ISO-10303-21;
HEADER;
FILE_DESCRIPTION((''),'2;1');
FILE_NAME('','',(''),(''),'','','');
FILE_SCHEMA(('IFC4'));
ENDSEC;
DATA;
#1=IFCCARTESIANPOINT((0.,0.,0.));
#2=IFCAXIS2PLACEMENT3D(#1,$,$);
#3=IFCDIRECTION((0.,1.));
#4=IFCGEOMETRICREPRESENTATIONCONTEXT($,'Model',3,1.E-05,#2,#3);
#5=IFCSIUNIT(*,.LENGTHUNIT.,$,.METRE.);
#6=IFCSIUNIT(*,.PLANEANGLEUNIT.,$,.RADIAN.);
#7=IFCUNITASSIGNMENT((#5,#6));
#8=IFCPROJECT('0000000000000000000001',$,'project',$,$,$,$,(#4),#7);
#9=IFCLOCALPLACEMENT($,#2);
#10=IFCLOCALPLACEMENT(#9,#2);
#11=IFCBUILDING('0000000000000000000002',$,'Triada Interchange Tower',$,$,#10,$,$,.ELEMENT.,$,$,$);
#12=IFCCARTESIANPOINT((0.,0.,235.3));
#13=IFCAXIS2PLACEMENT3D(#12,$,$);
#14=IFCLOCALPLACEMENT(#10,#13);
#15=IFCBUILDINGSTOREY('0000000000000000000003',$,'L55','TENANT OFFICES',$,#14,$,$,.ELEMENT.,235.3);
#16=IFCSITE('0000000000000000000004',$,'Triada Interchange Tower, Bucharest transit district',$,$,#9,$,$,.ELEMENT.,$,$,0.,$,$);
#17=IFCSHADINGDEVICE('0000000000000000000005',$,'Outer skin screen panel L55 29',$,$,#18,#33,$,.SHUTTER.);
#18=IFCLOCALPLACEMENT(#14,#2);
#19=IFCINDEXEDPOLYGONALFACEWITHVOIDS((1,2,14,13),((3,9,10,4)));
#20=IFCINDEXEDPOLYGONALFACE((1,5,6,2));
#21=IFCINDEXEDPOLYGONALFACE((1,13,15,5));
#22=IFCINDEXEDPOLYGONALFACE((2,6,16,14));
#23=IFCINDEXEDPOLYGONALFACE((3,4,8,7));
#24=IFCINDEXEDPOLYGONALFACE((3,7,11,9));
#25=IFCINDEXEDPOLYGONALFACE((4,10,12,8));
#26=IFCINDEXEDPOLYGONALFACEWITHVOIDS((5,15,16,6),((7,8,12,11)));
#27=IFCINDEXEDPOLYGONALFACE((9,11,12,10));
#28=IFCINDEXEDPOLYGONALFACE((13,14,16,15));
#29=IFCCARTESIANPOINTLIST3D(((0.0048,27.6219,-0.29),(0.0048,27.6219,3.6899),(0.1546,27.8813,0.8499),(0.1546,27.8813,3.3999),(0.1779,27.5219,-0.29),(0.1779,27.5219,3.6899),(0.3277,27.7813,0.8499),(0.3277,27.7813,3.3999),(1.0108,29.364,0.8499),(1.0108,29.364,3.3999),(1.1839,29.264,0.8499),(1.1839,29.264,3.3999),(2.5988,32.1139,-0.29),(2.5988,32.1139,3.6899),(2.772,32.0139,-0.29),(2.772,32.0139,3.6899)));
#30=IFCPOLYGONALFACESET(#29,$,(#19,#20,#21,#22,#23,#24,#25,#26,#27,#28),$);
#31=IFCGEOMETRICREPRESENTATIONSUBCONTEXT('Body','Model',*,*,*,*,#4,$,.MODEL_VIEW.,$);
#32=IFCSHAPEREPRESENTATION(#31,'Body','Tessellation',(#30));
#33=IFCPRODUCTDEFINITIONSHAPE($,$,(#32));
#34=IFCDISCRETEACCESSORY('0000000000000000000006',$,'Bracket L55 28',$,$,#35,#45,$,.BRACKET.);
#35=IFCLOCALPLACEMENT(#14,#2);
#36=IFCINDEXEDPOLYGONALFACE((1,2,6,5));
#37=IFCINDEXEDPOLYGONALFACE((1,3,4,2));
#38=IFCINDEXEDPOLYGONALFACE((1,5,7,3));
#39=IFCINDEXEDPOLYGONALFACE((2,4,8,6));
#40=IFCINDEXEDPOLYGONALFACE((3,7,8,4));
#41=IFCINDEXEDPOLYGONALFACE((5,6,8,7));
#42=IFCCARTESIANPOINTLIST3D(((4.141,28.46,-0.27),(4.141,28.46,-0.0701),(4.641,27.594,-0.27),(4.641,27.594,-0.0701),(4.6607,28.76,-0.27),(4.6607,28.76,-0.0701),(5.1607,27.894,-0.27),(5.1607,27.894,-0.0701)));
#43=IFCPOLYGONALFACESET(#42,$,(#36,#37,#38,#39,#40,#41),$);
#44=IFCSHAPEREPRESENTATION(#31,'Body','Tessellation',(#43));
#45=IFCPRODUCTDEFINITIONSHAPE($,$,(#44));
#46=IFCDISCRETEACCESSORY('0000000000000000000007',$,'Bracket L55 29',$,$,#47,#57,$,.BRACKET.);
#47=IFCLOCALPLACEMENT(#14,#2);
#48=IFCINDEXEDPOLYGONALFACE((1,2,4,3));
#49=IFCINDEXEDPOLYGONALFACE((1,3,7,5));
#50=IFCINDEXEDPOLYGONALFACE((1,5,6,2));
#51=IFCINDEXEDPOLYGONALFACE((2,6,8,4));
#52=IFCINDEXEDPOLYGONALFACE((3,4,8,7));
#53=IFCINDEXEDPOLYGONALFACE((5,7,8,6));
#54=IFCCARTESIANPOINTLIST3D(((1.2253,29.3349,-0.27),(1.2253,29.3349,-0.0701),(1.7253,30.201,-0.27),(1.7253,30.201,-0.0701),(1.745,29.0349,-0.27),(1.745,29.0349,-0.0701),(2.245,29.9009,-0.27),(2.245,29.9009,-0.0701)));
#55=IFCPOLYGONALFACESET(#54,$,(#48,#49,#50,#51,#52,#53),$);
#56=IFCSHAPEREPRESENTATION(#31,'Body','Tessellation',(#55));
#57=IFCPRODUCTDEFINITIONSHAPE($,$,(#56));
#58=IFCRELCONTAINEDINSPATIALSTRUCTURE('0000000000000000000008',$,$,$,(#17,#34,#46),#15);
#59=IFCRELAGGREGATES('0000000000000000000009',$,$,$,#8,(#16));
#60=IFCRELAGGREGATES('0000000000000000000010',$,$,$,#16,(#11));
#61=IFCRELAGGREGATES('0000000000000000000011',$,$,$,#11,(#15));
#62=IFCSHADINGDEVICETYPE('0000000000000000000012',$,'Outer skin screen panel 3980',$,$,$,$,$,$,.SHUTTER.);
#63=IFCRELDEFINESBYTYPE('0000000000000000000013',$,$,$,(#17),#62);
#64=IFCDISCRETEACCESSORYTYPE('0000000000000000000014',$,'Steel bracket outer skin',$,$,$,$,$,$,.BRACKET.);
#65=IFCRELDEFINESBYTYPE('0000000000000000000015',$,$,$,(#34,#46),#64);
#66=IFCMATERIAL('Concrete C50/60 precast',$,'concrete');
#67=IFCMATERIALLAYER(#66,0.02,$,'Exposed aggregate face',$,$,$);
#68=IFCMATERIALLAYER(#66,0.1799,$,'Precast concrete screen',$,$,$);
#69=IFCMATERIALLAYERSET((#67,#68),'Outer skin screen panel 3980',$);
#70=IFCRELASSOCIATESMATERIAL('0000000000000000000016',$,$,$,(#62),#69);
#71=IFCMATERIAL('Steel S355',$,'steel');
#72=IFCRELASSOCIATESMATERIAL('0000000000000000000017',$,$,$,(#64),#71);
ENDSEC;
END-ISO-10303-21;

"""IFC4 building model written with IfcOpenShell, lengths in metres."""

from ifc_helpers import new_model, si_unit, direction, frame, origin, origin_2d, place, context, subcontext, project, spatial, polyline, rectangle, outline, extrude, material, layer, layer_set, type_object, element, save


model = new_model("IFC4")

# Units and contexts
model_context = context("Model", 3, precision=1e-05, world=origin(), true_north=direction((0.0, 1.0)))
body_context = subcontext(model_context, "Body", "Model", "MODEL_VIEW")
ifc_project = project(units=[si_unit("LENGTHUNIT", "METRE"), si_unit("PLANEANGLEUNIT", "RADIAN")], contexts=[model_context])

# Site, building, storey
site_placement = place(None, origin())
site = spatial("IfcSite", under=ifc_project, at=site_placement, Name="Triada Interchange Tower, Bucharest transit district", CompositionType="ELEMENT", RefElevation=0.0)
building_placement = place(site_placement, origin())
building = spatial("IfcBuilding", under=site, at=building_placement, Name="Triada Interchange Tower", CompositionType="ELEMENT")
storey_placement = place(building_placement, frame((0.0, 0.0, 235.3)))
storey = spatial("IfcBuildingStorey", under=building, at=storey_placement, Name="L55", Description="TENANT OFFICES", CompositionType="ELEMENT", Elevation=235.3)

# Shading device
ifc_material_1 = material(Name="Concrete C50/60 precast", Category="concrete")
ifc_layer_1 = layer(ifc_material_1, 0.02, Name="Exposed aggregate face")
ifc_layer_2 = layer(ifc_material_1, 0.1799, Name="Precast concrete screen")
ifc_layer_set_1 = layer_set([ifc_layer_1, ifc_layer_2], Name="Outer skin screen panel 3980")
shading_device_type = type_object("IfcShadingDeviceType", Name="Outer skin screen panel 3980", PredefinedType="SHUTTER", material=ifc_layer_set_1)
shading_device_1_placement = place(storey_placement, frame((2.772, 32.0139, -0.29), z_axis=(0.0, 0.0, 1.0), x_axis=(-0.500082, -0.865978, 0.0)))
element("IfcShadingDevice", 1, at=shading_device_1_placement, inside=storey, type_object=shading_device_type, Name="Outer skin screen panel L55 29", PredefinedType="SHUTTER", context=body_context, shape_type="SweptSolid", body=[
    extrude(outline(polyline([(0.0, 0.0), (5.1873, 0.0), (5.1873, 3.98), (0.0, 3.98), (0.0, 0.0)]), holes=[polyline([(3.1755, 1.1399), (3.1755, 3.6899), (4.8877, 3.6899), (4.8877, 1.1399), (3.1755, 1.1399)])]), frame((0.0, 0.0, 0.0), z_axis=(0.0, -1.0, 0.0), x_axis=(1.0, 0.0, 0.0)), (0.0, 0.0, 1.0), 0.2),
])

# Discrete accessories
ifc_material_2 = material(Name="Steel S355", Category="steel")
discrete_accessory_type = type_object("IfcDiscreteAccessoryType", Name="Steel bracket outer skin", PredefinedType="BRACKET", material=ifc_material_2)
for number, where, z_axis, x_axis, name in (
    (2, (4.6509, 28.177, -0.27), (0.0, 0.0, 1.0), (0.866014, 0.500019, 0.0), "Bracket L55 28"),
    (3, (1.7351, 29.6179, -0.27), (0.0, 0.0, 1.0), (-0.86603, 0.499993, 0.0), "Bracket L55 29"),
):
    element("IfcDiscreteAccessory", number, at=place(storey_placement, frame(where, z_axis=z_axis, x_axis=x_axis)), inside=storey, type_object=discrete_accessory_type, Name=name, PredefinedType="BRACKET", context=body_context, shape_type="SweptSolid", body=[
        extrude(rectangle(XDim=0.6001, YDim=1.0, at=origin_2d()), origin(), (0.0, 0.0, 1.0), 0.2),
    ])

save(model, "model.ifc")
